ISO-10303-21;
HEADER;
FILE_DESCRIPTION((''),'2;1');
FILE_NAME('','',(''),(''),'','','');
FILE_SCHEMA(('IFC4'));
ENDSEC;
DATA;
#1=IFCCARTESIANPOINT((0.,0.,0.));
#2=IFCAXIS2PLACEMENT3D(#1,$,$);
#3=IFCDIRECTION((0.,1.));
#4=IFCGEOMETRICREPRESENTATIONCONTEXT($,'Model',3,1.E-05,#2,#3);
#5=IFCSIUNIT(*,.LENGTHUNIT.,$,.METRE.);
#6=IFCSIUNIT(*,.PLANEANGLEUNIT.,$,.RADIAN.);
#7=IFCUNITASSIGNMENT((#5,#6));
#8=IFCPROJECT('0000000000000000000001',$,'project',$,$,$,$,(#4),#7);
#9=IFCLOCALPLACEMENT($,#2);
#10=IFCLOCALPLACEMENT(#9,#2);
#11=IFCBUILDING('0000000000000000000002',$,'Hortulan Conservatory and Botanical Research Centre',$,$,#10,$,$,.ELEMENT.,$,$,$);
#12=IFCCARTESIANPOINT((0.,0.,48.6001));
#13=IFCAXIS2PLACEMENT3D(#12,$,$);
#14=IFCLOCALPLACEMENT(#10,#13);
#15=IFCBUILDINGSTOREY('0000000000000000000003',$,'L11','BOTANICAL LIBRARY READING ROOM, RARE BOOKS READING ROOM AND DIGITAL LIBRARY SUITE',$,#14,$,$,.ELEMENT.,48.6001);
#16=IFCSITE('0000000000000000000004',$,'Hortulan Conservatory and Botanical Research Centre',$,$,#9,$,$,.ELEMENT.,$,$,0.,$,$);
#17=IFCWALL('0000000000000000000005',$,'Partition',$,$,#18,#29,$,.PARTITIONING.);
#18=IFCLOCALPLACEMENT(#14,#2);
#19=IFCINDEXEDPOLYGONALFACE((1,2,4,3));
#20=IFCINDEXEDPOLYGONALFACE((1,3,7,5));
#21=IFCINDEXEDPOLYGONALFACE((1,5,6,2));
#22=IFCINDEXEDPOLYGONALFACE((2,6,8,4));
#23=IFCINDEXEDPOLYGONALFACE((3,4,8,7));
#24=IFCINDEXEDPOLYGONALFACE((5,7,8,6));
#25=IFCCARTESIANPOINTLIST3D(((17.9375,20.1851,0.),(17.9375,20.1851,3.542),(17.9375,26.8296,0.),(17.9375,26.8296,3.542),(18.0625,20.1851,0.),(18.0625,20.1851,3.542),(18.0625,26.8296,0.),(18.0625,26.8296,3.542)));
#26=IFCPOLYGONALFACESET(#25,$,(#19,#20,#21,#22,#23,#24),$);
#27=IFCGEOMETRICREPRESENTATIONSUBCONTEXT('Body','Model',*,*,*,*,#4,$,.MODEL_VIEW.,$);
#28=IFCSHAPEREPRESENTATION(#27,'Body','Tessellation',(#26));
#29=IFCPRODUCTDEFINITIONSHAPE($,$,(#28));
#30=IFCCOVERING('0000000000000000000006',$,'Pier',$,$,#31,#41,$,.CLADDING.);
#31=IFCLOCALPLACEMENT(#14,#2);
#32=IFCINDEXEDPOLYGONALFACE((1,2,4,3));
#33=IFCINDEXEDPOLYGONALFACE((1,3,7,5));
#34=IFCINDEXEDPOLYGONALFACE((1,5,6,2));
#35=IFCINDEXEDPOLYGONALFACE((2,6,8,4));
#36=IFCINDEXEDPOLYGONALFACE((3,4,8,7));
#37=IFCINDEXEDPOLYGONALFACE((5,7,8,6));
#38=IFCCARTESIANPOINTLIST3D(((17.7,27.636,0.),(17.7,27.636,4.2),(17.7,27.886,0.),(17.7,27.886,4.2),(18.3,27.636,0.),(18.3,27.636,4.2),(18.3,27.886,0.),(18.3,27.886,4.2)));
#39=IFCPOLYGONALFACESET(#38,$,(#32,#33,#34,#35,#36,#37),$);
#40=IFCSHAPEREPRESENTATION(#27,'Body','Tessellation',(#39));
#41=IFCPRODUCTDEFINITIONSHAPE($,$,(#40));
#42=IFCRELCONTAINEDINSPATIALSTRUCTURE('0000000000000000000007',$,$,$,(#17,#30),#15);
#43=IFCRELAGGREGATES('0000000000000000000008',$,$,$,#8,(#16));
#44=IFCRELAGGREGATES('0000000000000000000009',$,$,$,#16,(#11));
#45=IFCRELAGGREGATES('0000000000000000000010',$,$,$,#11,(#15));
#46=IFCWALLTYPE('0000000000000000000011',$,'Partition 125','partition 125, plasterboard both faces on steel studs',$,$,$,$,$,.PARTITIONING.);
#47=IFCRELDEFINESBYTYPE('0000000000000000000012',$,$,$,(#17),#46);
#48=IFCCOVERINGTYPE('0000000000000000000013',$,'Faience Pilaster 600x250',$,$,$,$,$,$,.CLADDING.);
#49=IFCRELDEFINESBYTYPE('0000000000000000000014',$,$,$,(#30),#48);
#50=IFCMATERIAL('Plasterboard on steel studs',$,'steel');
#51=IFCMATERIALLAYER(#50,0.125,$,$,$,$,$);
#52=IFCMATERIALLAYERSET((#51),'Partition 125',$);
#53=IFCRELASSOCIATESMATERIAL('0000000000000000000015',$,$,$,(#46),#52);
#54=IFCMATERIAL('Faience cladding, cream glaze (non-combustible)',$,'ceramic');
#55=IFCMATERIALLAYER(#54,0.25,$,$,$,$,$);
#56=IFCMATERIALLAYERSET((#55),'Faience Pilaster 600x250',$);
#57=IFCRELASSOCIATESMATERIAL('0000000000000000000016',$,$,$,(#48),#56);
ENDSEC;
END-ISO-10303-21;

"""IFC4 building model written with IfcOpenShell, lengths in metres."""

from ifc_helpers import new_model, si_unit, direction, frame, frame_2d, origin, origin_2d, place, context, subcontext, project, spatial, rectangle, extrude, material, layer, layer_set, type_object, element, save


model = new_model("IFC4")

# Units and contexts
model_context = context("Model", 3, precision=1e-05, world=origin(), true_north=direction((0.0, 1.0)))
body_context = subcontext(model_context, "Body", "Model", "MODEL_VIEW")
ifc_project = project(units=[si_unit("LENGTHUNIT", "METRE"), si_unit("PLANEANGLEUNIT", "RADIAN")], contexts=[model_context])

# Site, building, storey
site_placement = place(None, origin())
site = spatial("IfcSite", under=ifc_project, at=site_placement, Name="Hortulan Conservatory and Botanical Research Centre", CompositionType="ELEMENT", RefElevation=0.0)
building_placement = place(site_placement, origin())
building = spatial("IfcBuilding", under=site, at=building_placement, Name="Hortulan Conservatory and Botanical Research Centre", CompositionType="ELEMENT")
storey_placement = place(building_placement, frame((0.0, 0.0, 48.6001)))
storey = spatial("IfcBuildingStorey", under=building, at=storey_placement, Name="L11", Description="BOTANICAL LIBRARY READING ROOM, RARE BOOKS READING ROOM AND DIGITAL LIBRARY SUITE", CompositionType="ELEMENT", Elevation=48.6001)

# Wall
ifc_material_1 = material(Name="Plasterboard on steel studs", Category="steel")
ifc_layer_1 = layer(ifc_material_1, 0.125)
ifc_layer_set_1 = layer_set([ifc_layer_1], Name="Partition 125")
wall_type_1 = type_object("IfcWallType", Name="Partition 125", Description="partition 125, plasterboard both faces on steel studs", PredefinedType="PARTITIONING", material=ifc_layer_set_1)
wall_1_placement = place(storey_placement, frame((18.0, 20.1851, 0.0), z_axis=(0.0, 0.0, 1.0), x_axis=(0.0, 1.0, 0.0)))
element("IfcWall", 1, at=wall_1_placement, inside=storey, type_object=wall_type_1, Name="Partition", PredefinedType="PARTITIONING", context=body_context, shape_type="SweptSolid", body=[
    extrude(rectangle(XDim=6.6445, YDim=0.125, at=frame_2d((3.3223, 0.0))), origin(), (0.0, 0.0, 1.0), 3.542),
])

# Covering
ifc_material_2 = material(Name="Faience cladding, cream glaze (non-combustible)", Category="ceramic")
ifc_layer_2 = layer(ifc_material_2, 0.25)
ifc_layer_set_2 = layer_set([ifc_layer_2], Name="Faience Pilaster 600x250")
covering_type = type_object("IfcCoveringType", Name="Faience Pilaster 600x250", PredefinedType="CLADDING", material=ifc_layer_set_2)
covering_placement = place(storey_placement, frame((18.0, 27.761, 0.0), z_axis=(0.0, 0.0, 1.0), x_axis=(1.0, 0.0, 0.0)))
element("IfcCovering", 2, at=covering_placement, inside=storey, type_object=covering_type, Name="Pier", PredefinedType="CLADDING", context=body_context, shape_type="SweptSolid", body=[
    extrude(rectangle(XDim=0.6001, YDim=0.25, at=origin_2d()), origin(), (0.0, 0.0, 1.0), 4.2),
])

save(model, "model.ifc")
